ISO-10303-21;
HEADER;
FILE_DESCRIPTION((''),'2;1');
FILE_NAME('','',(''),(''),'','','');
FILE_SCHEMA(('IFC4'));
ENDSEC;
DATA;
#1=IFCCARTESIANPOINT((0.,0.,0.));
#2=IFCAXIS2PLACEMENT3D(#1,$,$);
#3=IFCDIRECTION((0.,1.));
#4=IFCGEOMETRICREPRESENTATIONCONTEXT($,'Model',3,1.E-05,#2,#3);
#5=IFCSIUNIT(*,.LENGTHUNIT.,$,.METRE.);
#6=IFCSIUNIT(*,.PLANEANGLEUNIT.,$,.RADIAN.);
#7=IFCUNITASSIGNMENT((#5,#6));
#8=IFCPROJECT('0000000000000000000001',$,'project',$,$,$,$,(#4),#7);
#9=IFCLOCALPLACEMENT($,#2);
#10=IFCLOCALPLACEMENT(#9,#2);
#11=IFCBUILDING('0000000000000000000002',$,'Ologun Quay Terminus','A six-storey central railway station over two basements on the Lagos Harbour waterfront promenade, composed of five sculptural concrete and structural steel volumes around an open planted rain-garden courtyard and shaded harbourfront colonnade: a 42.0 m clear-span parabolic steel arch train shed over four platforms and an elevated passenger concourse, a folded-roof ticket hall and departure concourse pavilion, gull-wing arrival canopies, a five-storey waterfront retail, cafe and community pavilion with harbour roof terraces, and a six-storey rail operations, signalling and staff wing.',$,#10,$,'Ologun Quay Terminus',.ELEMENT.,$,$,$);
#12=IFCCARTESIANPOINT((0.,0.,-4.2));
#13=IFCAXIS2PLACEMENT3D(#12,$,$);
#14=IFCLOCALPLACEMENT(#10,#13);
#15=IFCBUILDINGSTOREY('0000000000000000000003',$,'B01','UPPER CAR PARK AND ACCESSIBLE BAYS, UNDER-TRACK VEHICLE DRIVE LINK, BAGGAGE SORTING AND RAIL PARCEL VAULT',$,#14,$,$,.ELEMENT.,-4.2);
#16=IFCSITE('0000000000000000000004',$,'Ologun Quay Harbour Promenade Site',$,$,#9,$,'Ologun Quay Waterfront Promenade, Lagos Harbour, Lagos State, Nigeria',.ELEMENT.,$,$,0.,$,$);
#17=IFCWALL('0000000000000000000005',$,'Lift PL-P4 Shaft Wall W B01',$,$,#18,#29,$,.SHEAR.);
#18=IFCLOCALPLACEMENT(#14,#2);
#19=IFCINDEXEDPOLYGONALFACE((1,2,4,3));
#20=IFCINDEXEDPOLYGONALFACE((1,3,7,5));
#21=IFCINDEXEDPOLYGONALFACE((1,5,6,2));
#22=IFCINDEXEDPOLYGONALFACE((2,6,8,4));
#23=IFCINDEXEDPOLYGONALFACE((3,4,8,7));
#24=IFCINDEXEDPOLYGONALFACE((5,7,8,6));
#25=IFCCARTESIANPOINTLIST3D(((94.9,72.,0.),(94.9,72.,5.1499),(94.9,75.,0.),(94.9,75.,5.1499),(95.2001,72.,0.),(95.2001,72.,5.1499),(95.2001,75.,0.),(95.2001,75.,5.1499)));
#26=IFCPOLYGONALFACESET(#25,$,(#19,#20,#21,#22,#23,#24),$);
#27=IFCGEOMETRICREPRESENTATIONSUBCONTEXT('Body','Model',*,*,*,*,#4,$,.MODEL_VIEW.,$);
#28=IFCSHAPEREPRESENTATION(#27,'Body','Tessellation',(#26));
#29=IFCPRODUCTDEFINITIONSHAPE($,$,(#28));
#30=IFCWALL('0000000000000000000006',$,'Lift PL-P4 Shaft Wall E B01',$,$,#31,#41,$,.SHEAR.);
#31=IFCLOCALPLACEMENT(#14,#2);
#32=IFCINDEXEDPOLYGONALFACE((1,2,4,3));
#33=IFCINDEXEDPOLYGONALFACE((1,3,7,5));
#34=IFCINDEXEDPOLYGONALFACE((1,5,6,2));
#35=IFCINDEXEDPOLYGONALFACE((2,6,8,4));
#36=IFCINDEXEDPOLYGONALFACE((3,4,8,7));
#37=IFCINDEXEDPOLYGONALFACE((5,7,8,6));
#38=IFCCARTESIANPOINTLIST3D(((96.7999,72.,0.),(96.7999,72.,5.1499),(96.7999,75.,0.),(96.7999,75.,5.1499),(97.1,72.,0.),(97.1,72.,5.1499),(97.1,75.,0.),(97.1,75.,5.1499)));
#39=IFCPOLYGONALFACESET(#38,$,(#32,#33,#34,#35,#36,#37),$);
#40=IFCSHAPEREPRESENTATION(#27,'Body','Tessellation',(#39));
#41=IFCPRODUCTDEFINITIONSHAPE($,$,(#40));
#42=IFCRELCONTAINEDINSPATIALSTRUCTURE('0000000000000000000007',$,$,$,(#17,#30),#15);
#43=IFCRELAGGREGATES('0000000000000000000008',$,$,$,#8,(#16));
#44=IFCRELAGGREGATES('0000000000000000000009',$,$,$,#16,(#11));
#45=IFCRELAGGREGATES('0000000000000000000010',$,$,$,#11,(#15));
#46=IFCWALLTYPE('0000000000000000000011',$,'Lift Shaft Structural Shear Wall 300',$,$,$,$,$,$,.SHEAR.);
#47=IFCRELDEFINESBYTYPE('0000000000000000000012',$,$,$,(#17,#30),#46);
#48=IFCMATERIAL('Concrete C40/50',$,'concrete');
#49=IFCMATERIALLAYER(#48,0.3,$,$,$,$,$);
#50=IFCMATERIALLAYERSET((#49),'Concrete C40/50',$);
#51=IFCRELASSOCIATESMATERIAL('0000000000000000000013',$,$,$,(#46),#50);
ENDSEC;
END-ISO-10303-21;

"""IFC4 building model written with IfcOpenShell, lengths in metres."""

from ifc_helpers import new_model, si_unit, direction, frame, frame_2d, origin, place, context, subcontext, project, spatial, rectangle, extrude, material, layer, layer_set, type_object, element, save


model = new_model("IFC4")

# Units and contexts
model_context = context("Model", 3, precision=1e-05, world=origin(), true_north=direction((0.0, 1.0)))
body_context = subcontext(model_context, "Body", "Model", "MODEL_VIEW")
ifc_project = project(units=[si_unit("LENGTHUNIT", "METRE"), si_unit("PLANEANGLEUNIT", "RADIAN")], contexts=[model_context])

# Site, building, storey
site_placement = place(None, origin())
site = spatial("IfcSite", under=ifc_project, at=site_placement, Name="Ologun Quay Harbour Promenade Site", LongName="Ologun Quay Waterfront Promenade, Lagos Harbour, Lagos State, Nigeria", CompositionType="ELEMENT", RefElevation=0.0)
building_placement = place(site_placement, origin())
building = spatial("IfcBuilding", under=site, at=building_placement, Name="Ologun Quay Terminus", Description="A six-storey central railway station over two basements on the Lagos Harbour waterfront promenade, composed of five sculptural concrete and structural steel volumes around an open planted rain-garden courtyard and shaded harbourfront colonnade: a 42.0 m clear-span parabolic steel arch train shed over four platforms and an elevated passenger concourse, a folded-roof ticket hall and departure concourse pavilion, gull-wing arrival canopies, a five-storey waterfront retail, cafe and community pavilion with harbour roof terraces, and a six-storey rail operations, signalling and staff wing.", LongName="Ologun Quay Terminus", CompositionType="ELEMENT")
storey_placement = place(building_placement, frame((0.0, 0.0, -4.2)))
storey = spatial("IfcBuildingStorey", under=building, at=storey_placement, Name="B01", Description="UPPER CAR PARK AND ACCESSIBLE BAYS, UNDER-TRACK VEHICLE DRIVE LINK, BAGGAGE SORTING AND RAIL PARCEL VAULT", CompositionType="ELEMENT", Elevation=-4.2)

# Walls
ifc_material_1 = material(Name="Concrete C40/50", Category="concrete")
ifc_layer = layer(ifc_material_1, 0.3)
ifc_layer_set = layer_set([ifc_layer], Name="Concrete C40/50")
wall_type = type_object("IfcWallType", Name="Lift Shaft Structural Shear Wall 300", PredefinedType="SHEAR", material=ifc_layer_set)
for number, where, z_axis, x_axis, name in (
    (1, (95.05, 72.0, 0.0), (0.0, 0.0, 1.0), (0.0, 1.0, 0.0), "Lift PL-P4 Shaft Wall W B01"),
    (2, (96.95, 72.0, 0.0), (0.0, 0.0, 1.0), (0.0, 1.0, 0.0), "Lift PL-P4 Shaft Wall E B01"),
):
    element("IfcWall", number, at=place(storey_placement, frame(where, z_axis=z_axis, x_axis=x_axis)), inside=storey, type_object=wall_type, Name=name, PredefinedType="SHEAR", context=body_context, shape_type="SweptSolid", body=[
        extrude(rectangle(XDim=3.0, YDim=0.3, at=frame_2d((1.5, 0.0))), origin(), (0.0, 0.0, 1.0), 5.1499),
    ])

save(model, "model.ifc")
